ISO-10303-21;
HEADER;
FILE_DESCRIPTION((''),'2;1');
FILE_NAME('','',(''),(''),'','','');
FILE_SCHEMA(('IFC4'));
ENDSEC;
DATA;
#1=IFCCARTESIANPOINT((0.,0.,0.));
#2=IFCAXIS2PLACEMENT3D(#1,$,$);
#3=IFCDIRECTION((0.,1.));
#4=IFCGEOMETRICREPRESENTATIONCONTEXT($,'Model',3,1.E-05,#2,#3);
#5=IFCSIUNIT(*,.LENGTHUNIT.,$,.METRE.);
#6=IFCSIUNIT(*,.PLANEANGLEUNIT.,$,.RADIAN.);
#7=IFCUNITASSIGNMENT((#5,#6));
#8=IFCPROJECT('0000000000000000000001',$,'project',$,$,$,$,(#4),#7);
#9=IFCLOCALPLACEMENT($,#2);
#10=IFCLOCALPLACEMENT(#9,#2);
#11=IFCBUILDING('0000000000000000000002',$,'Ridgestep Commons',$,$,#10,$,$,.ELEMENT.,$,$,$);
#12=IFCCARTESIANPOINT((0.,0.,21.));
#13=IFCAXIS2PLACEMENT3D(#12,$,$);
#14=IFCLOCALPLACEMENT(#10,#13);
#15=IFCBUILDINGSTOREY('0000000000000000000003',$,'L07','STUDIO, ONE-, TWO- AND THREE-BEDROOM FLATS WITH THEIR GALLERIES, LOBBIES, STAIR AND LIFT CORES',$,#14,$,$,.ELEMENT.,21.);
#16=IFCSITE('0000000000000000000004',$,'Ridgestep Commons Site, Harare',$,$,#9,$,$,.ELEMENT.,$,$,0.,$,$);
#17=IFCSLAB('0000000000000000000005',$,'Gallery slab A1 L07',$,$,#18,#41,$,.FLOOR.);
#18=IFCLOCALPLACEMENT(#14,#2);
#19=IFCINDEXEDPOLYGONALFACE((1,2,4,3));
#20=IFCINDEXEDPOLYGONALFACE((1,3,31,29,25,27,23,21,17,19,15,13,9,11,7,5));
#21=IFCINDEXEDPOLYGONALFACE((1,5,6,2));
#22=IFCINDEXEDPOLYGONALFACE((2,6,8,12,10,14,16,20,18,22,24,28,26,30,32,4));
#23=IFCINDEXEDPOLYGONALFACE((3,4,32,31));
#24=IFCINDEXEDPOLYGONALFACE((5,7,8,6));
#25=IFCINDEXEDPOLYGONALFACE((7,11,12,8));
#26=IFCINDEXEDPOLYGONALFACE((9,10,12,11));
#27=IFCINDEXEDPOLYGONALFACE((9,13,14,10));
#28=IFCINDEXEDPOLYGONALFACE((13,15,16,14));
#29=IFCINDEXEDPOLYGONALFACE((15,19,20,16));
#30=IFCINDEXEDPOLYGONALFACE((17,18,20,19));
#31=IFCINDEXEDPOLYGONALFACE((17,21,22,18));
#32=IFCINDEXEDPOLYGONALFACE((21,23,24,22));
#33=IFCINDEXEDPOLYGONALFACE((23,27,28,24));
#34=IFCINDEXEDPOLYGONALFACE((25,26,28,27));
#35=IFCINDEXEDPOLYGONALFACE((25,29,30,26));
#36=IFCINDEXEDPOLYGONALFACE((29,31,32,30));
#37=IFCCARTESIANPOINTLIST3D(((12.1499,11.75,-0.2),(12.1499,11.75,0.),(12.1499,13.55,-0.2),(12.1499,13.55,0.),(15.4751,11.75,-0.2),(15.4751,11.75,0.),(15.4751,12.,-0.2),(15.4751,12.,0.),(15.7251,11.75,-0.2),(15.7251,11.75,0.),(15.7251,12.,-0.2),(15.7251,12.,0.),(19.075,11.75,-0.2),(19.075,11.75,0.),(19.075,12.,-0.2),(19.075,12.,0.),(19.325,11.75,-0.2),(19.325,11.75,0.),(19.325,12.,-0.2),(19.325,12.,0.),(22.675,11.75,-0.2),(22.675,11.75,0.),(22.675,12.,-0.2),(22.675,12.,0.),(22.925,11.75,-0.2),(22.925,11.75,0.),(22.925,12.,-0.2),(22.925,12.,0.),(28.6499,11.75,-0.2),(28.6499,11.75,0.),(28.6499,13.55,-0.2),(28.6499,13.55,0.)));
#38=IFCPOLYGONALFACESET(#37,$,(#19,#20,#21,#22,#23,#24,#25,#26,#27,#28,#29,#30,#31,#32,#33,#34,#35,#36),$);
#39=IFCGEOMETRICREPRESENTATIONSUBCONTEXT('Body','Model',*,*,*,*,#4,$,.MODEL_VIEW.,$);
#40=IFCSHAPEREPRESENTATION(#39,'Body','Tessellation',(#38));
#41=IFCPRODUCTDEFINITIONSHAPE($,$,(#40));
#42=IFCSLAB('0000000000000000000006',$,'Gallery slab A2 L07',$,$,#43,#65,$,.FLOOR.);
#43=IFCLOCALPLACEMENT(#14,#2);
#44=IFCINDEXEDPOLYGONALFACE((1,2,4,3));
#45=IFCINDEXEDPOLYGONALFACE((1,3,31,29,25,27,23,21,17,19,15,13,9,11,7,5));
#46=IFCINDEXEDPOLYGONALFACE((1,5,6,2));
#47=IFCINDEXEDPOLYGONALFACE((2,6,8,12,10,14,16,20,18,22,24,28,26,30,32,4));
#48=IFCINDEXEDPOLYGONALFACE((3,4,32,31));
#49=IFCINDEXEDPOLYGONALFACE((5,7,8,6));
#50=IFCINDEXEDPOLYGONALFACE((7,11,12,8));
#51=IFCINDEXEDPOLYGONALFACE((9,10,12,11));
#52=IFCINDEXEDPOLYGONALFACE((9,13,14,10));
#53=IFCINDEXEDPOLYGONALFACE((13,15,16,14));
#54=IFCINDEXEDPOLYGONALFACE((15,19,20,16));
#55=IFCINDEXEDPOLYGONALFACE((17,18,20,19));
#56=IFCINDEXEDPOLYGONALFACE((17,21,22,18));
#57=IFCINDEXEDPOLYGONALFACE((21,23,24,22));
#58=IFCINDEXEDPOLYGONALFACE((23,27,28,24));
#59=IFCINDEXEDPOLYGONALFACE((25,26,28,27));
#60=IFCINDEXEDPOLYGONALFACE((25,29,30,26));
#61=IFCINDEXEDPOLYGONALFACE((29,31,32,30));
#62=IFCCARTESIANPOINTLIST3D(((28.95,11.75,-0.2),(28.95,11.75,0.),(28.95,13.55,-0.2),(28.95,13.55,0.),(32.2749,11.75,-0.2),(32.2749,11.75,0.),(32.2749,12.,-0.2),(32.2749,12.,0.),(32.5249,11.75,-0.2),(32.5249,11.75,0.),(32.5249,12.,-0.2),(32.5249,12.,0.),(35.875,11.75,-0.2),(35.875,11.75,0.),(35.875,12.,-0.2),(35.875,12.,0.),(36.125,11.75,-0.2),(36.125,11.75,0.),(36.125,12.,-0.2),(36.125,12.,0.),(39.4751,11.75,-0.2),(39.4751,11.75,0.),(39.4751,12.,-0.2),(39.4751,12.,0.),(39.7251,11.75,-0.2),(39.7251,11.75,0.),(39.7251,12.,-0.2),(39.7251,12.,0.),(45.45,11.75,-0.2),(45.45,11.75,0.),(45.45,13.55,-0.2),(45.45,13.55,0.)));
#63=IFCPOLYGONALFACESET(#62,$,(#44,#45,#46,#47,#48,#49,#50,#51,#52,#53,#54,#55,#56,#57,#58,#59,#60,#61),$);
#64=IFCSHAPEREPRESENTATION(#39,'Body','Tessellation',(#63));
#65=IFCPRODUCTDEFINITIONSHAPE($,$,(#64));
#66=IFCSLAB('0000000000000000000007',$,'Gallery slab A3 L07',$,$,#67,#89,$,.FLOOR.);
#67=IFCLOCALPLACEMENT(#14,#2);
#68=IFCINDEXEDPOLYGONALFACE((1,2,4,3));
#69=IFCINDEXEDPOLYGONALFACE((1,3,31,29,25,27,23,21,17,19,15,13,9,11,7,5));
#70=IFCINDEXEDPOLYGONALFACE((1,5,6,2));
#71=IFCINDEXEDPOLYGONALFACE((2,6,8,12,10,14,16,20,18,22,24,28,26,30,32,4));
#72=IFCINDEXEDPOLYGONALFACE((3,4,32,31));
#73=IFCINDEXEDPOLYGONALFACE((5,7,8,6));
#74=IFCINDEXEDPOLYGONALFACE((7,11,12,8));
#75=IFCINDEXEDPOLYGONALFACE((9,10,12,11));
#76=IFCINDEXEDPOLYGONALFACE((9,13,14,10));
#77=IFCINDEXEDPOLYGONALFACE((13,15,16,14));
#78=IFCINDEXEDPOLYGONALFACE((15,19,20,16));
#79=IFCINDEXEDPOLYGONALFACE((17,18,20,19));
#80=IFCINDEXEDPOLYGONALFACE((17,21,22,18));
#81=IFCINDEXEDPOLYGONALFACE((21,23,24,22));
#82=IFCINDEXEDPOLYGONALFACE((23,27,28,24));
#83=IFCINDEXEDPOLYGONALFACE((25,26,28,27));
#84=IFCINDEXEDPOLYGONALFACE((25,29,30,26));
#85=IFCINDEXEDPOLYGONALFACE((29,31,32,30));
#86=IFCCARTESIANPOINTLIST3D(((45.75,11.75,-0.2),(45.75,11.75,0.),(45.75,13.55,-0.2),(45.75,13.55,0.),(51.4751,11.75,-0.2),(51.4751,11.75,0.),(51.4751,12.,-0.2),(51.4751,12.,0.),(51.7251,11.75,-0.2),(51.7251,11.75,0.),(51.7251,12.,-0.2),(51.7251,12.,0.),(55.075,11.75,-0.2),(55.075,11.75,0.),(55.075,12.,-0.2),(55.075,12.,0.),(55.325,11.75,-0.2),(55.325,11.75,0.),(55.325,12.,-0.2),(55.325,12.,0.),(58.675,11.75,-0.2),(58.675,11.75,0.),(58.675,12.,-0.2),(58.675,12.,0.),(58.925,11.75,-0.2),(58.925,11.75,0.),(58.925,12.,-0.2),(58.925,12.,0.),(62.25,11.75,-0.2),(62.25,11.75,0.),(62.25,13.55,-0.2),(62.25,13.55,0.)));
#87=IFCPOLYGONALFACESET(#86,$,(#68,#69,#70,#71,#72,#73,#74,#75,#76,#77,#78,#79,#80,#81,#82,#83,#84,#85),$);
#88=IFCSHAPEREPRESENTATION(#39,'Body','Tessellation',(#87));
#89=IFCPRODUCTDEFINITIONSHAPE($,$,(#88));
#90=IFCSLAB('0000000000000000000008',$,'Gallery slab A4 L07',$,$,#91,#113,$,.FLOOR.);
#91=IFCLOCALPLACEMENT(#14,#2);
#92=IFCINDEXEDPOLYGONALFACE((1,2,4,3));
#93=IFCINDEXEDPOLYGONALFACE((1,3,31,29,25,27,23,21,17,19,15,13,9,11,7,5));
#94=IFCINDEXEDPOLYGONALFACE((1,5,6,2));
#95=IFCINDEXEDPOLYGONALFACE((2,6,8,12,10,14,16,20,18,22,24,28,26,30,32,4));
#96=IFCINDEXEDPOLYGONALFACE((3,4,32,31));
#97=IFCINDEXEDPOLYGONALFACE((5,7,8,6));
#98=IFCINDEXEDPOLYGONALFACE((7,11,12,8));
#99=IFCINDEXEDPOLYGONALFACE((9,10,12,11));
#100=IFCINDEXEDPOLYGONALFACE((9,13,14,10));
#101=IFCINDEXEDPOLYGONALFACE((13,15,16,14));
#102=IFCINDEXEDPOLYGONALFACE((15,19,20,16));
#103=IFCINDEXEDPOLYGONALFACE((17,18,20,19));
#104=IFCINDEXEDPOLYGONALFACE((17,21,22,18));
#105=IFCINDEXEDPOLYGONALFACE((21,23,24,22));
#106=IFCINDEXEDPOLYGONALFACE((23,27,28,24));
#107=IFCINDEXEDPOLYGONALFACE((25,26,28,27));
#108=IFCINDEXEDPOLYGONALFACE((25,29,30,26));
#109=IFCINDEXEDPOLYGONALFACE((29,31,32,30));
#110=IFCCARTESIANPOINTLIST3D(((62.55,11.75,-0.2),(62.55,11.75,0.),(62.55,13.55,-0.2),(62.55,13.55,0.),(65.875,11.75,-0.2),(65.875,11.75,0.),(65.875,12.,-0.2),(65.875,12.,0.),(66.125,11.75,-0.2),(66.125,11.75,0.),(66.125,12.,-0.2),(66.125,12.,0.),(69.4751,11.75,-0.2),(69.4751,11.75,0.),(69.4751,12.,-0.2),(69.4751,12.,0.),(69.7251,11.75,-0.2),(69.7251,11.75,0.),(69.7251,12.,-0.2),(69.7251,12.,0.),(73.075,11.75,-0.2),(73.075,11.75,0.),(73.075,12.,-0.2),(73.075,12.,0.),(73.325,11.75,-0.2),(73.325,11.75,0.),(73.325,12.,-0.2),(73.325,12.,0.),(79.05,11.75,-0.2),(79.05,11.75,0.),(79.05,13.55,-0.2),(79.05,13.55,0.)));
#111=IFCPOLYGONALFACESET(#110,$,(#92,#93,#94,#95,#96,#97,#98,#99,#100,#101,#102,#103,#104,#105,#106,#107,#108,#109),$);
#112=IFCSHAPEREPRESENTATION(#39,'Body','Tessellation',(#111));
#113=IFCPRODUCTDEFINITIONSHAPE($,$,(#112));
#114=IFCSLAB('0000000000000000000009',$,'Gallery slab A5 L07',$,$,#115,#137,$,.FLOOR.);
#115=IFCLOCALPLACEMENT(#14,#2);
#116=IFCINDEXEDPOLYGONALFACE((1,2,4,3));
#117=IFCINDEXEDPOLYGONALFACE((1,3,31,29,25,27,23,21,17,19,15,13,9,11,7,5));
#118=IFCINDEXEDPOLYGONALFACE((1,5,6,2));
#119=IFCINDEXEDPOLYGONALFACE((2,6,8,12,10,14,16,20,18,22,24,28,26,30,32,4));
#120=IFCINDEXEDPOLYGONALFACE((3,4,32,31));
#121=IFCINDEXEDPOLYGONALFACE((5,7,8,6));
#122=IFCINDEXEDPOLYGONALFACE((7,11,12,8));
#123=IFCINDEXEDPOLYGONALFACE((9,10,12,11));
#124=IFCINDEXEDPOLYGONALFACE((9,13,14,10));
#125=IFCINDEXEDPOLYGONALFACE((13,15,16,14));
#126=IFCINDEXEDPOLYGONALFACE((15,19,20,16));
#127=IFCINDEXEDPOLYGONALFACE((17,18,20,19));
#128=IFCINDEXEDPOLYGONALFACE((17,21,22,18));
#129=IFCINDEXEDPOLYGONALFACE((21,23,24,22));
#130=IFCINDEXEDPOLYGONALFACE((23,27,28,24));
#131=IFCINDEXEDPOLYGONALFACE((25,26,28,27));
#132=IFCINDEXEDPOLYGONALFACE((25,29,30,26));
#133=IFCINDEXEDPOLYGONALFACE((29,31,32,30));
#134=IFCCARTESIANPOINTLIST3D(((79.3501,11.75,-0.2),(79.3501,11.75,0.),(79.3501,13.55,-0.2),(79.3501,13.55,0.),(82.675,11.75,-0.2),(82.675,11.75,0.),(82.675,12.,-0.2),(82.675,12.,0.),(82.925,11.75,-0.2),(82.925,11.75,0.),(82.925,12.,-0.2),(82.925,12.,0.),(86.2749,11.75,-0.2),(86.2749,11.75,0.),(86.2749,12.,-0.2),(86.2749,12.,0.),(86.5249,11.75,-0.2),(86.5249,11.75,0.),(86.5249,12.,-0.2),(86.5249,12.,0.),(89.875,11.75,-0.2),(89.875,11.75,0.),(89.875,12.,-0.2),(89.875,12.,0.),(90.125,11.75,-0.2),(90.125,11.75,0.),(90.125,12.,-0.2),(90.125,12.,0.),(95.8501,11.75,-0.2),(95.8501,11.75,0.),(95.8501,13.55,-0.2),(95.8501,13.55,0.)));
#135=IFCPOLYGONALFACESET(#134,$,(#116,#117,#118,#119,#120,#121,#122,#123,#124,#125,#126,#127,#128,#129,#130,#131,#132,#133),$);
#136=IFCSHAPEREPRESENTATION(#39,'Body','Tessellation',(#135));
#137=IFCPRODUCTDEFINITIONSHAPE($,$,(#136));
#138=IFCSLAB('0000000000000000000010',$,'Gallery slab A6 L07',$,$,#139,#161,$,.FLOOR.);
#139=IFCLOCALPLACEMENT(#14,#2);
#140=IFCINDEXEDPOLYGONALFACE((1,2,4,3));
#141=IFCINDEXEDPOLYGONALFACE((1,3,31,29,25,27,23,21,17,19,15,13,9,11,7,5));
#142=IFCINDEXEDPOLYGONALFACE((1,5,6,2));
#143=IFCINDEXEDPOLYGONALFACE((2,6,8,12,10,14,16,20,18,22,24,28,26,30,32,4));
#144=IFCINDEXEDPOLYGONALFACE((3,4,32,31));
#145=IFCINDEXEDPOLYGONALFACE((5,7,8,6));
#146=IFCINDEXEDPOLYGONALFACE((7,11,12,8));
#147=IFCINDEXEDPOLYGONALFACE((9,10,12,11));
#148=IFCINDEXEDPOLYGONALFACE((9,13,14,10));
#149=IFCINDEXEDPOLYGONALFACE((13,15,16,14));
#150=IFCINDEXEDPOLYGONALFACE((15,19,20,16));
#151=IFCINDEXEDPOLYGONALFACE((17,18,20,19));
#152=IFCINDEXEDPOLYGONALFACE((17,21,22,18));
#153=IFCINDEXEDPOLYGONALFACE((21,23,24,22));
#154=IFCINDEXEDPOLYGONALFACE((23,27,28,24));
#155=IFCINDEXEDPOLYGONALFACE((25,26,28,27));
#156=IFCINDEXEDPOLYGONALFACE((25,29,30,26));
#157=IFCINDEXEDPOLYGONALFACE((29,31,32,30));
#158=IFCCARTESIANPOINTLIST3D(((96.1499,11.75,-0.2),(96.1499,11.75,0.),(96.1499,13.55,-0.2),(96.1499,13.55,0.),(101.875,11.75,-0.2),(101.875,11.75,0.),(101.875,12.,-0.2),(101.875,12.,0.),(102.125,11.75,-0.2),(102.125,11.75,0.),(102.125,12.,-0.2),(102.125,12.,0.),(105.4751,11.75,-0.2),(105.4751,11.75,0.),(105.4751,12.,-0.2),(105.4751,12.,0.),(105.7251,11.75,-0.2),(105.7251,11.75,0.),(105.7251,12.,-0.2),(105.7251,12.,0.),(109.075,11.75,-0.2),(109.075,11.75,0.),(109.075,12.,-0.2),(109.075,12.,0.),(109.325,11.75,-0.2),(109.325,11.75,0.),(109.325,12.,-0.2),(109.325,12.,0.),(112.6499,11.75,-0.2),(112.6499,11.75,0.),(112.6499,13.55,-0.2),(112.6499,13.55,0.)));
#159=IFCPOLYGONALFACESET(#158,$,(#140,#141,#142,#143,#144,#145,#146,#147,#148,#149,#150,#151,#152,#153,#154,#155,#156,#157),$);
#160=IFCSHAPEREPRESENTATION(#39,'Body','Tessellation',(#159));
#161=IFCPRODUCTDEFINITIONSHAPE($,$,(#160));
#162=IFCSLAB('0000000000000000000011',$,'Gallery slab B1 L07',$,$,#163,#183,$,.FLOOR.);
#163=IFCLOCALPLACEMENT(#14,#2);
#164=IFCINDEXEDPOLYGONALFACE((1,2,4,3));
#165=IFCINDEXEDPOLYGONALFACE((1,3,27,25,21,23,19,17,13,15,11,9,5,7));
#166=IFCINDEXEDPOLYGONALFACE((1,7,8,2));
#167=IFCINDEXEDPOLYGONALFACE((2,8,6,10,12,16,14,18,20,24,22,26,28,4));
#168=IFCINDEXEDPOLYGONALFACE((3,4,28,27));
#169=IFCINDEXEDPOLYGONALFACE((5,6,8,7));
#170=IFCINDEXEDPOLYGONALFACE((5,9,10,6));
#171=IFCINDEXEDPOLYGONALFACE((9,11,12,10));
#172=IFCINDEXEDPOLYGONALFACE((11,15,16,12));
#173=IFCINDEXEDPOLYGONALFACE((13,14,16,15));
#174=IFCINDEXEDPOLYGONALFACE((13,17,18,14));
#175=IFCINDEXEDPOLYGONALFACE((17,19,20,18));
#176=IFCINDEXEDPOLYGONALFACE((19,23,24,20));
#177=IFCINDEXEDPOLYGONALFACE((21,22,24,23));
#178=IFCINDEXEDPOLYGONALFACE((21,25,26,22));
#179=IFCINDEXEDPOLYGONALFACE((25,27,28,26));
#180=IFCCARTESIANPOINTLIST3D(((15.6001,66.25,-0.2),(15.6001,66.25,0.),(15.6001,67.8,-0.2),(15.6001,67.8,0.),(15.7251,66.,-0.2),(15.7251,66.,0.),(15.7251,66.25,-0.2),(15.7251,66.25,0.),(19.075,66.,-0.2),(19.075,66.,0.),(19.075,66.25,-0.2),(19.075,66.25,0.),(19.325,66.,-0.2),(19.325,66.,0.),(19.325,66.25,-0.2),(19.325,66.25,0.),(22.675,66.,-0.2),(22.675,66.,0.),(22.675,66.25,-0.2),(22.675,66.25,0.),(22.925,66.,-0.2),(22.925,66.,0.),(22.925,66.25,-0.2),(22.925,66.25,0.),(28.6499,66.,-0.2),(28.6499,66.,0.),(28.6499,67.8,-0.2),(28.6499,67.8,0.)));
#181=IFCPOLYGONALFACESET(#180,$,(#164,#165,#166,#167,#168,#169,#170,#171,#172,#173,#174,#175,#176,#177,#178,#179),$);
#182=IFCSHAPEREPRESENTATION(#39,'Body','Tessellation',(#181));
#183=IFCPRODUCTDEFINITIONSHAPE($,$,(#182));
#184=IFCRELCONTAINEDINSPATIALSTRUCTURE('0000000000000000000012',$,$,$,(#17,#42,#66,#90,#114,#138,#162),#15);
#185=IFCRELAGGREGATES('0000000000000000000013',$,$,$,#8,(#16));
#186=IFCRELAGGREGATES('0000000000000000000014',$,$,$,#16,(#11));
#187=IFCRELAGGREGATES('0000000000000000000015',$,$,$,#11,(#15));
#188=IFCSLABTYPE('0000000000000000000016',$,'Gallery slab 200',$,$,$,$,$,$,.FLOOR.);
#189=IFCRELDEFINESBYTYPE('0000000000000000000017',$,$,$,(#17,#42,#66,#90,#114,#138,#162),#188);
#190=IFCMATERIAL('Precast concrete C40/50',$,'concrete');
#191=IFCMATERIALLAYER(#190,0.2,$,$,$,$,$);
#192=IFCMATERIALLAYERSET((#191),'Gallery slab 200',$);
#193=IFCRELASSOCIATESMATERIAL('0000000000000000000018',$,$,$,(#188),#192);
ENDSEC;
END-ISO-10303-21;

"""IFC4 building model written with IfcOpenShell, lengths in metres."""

from ifc_helpers import new_model, si_unit, direction, frame, origin, place, context, subcontext, project, spatial, polyline, outline, extrude, material, layer, layer_set, type_object, element, save


model = new_model("IFC4")

# Units and contexts
model_context = context("Model", 3, precision=1e-05, world=origin(), true_north=direction((0.0, 1.0)))
body_context = subcontext(model_context, "Body", "Model", "MODEL_VIEW")
ifc_project = project(units=[si_unit("LENGTHUNIT", "METRE"), si_unit("PLANEANGLEUNIT", "RADIAN")], contexts=[model_context])

# Site, building, storey
site_placement = place(None, origin())
site = spatial("IfcSite", under=ifc_project, at=site_placement, Name="Ridgestep Commons Site, Harare", CompositionType="ELEMENT", RefElevation=0.0)
building_placement = place(site_placement, origin())
building = spatial("IfcBuilding", under=site, at=building_placement, Name="Ridgestep Commons", CompositionType="ELEMENT")
storey_placement = place(building_placement, frame((0.0, 0.0, 21.0)))
storey = spatial("IfcBuildingStorey", under=building, at=storey_placement, Name="L07", Description="STUDIO, ONE-, TWO- AND THREE-BEDROOM FLATS WITH THEIR GALLERIES, LOBBIES, STAIR AND LIFT CORES", CompositionType="ELEMENT", Elevation=21.0)

# Slabs
ifc_material_1 = material(Name="Precast concrete C40/50", Category="concrete")
ifc_layer_1 = layer(ifc_material_1, 0.2)
ifc_layer_set_1 = layer_set([ifc_layer_1], Name="Gallery slab 200")
slab_type_1 = type_object("IfcSlabType", Name="Gallery slab 200", PredefinedType="FLOOR", material=ifc_layer_set_1)
slab_1_placement = place(storey_placement, frame((0.0, 0.0, -0.2)))
element("IfcSlab", 1, at=slab_1_placement, inside=storey, type_object=slab_type_1, Name="Gallery slab A1 L07", PredefinedType="FLOOR", context=body_context, shape_type="SweptSolid", body=[
    extrude(outline(polyline([(28.6499, 13.55), (12.1499, 13.55), (12.1499, 11.75), (15.4751, 11.75), (15.4751, 12.0), (15.7251, 12.0), (15.7251, 11.75), (19.075, 11.75), (19.075, 12.0), (19.325, 12.0), (19.325, 11.75), (22.675, 11.75), (22.675, 12.0), (22.925, 12.0), (22.925, 11.75), (28.6499, 11.75), (28.6499, 13.55)])), origin(), (0.0, 0.0, 1.0), 0.2),
])
slab_2_placement = place(storey_placement, frame((0.0, 0.0, -0.2)))
element("IfcSlab", 2, at=slab_2_placement, inside=storey, type_object=slab_type_1, Name="Gallery slab A2 L07", PredefinedType="FLOOR", context=body_context, shape_type="SweptSolid", body=[
    extrude(outline(polyline([(45.45, 13.55), (28.95, 13.55), (28.95, 11.75), (32.2749, 11.75), (32.2749, 12.0), (32.5249, 12.0), (32.5249, 11.75), (35.875, 11.75), (35.875, 12.0), (36.125, 12.0), (36.125, 11.75), (39.4751, 11.75), (39.4751, 12.0), (39.7251, 12.0), (39.7251, 11.75), (45.45, 11.75), (45.45, 13.55)])), origin(), (0.0, 0.0, 1.0), 0.2),
])
slab_3_placement = place(storey_placement, frame((0.0, 0.0, -0.2)))
element("IfcSlab", 3, at=slab_3_placement, inside=storey, type_object=slab_type_1, Name="Gallery slab A3 L07", PredefinedType="FLOOR", context=body_context, shape_type="SweptSolid", body=[
    extrude(outline(polyline([(62.25, 13.55), (45.75, 13.55), (45.75, 11.75), (51.4751, 11.75), (51.4751, 12.0), (51.7251, 12.0), (51.7251, 11.75), (55.075, 11.75), (55.075, 12.0), (55.325, 12.0), (55.325, 11.75), (58.675, 11.75), (58.675, 12.0), (58.925, 12.0), (58.925, 11.75), (62.25, 11.75), (62.25, 13.55)])), origin(), (0.0, 0.0, 1.0), 0.2),
])
slab_4_placement = place(storey_placement, frame((0.0, 0.0, -0.2)))
element("IfcSlab", 4, at=slab_4_placement, inside=storey, type_object=slab_type_1, Name="Gallery slab A4 L07", PredefinedType="FLOOR", context=body_context, shape_type="SweptSolid", body=[
    extrude(outline(polyline([(79.05, 13.55), (62.55, 13.55), (62.55, 11.75), (65.875, 11.75), (65.875, 12.0), (66.125, 12.0), (66.125, 11.75), (69.4751, 11.75), (69.4751, 12.0), (69.7251, 12.0), (69.7251, 11.75), (73.075, 11.75), (73.075, 12.0), (73.325, 12.0), (73.325, 11.75), (79.05, 11.75), (79.05, 13.55)])), origin(), (0.0, 0.0, 1.0), 0.2),
])
slab_5_placement = place(storey_placement, frame((0.0, 0.0, -0.2)))
element("IfcSlab", 5, at=slab_5_placement, inside=storey, type_object=slab_type_1, Name="Gallery slab A5 L07", PredefinedType="FLOOR", context=body_context, shape_type="SweptSolid", body=[
    extrude(outline(polyline([(95.8501, 13.55), (79.3501, 13.55), (79.3501, 11.75), (82.675, 11.75), (82.675, 12.0), (82.925, 12.0), (82.925, 11.75), (86.2749, 11.75), (86.2749, 12.0), (86.5249, 12.0), (86.5249, 11.75), (89.875, 11.75), (89.875, 12.0), (90.125, 12.0), (90.125, 11.75), (95.8501, 11.75), (95.8501, 13.55)])), origin(), (0.0, 0.0, 1.0), 0.2),
])
slab_6_placement = place(storey_placement, frame((0.0, 0.0, -0.2)))
element("IfcSlab", 6, at=slab_6_placement, inside=storey, type_object=slab_type_1, Name="Gallery slab A6 L07", PredefinedType="FLOOR", context=body_context, shape_type="SweptSolid", body=[
    extrude(outline(polyline([(112.6499, 13.55), (96.1499, 13.55), (96.1499, 11.75), (101.875, 11.75), (101.875, 12.0), (102.125, 12.0), (102.125, 11.75), (105.4751, 11.75), (105.4751, 12.0), (105.7251, 12.0), (105.7251, 11.75), (109.075, 11.75), (109.075, 12.0), (109.325, 12.0), (109.325, 11.75), (112.6499, 11.75), (112.6499, 13.55)])), origin(), (0.0, 0.0, 1.0), 0.2),
])
slab_7_placement = place(storey_placement, frame((0.0, 0.0, -0.2)))
element("IfcSlab", 7, at=slab_7_placement, inside=storey, type_object=slab_type_1, Name="Gallery slab B1 L07", PredefinedType="FLOOR", context=body_context, shape_type="SweptSolid", body=[
    extrude(outline(polyline([(28.6499, 66.0), (28.6499, 67.8), (15.6001, 67.8), (15.6001, 66.25), (15.7251, 66.25), (15.7251, 66.0), (19.075, 66.0), (19.075, 66.25), (19.325, 66.25), (19.325, 66.0), (22.675, 66.0), (22.675, 66.25), (22.925, 66.25), (22.925, 66.0), (28.6499, 66.0)])), origin(), (0.0, 0.0, 1.0), 0.2),
])

save(model, "model.ifc")
